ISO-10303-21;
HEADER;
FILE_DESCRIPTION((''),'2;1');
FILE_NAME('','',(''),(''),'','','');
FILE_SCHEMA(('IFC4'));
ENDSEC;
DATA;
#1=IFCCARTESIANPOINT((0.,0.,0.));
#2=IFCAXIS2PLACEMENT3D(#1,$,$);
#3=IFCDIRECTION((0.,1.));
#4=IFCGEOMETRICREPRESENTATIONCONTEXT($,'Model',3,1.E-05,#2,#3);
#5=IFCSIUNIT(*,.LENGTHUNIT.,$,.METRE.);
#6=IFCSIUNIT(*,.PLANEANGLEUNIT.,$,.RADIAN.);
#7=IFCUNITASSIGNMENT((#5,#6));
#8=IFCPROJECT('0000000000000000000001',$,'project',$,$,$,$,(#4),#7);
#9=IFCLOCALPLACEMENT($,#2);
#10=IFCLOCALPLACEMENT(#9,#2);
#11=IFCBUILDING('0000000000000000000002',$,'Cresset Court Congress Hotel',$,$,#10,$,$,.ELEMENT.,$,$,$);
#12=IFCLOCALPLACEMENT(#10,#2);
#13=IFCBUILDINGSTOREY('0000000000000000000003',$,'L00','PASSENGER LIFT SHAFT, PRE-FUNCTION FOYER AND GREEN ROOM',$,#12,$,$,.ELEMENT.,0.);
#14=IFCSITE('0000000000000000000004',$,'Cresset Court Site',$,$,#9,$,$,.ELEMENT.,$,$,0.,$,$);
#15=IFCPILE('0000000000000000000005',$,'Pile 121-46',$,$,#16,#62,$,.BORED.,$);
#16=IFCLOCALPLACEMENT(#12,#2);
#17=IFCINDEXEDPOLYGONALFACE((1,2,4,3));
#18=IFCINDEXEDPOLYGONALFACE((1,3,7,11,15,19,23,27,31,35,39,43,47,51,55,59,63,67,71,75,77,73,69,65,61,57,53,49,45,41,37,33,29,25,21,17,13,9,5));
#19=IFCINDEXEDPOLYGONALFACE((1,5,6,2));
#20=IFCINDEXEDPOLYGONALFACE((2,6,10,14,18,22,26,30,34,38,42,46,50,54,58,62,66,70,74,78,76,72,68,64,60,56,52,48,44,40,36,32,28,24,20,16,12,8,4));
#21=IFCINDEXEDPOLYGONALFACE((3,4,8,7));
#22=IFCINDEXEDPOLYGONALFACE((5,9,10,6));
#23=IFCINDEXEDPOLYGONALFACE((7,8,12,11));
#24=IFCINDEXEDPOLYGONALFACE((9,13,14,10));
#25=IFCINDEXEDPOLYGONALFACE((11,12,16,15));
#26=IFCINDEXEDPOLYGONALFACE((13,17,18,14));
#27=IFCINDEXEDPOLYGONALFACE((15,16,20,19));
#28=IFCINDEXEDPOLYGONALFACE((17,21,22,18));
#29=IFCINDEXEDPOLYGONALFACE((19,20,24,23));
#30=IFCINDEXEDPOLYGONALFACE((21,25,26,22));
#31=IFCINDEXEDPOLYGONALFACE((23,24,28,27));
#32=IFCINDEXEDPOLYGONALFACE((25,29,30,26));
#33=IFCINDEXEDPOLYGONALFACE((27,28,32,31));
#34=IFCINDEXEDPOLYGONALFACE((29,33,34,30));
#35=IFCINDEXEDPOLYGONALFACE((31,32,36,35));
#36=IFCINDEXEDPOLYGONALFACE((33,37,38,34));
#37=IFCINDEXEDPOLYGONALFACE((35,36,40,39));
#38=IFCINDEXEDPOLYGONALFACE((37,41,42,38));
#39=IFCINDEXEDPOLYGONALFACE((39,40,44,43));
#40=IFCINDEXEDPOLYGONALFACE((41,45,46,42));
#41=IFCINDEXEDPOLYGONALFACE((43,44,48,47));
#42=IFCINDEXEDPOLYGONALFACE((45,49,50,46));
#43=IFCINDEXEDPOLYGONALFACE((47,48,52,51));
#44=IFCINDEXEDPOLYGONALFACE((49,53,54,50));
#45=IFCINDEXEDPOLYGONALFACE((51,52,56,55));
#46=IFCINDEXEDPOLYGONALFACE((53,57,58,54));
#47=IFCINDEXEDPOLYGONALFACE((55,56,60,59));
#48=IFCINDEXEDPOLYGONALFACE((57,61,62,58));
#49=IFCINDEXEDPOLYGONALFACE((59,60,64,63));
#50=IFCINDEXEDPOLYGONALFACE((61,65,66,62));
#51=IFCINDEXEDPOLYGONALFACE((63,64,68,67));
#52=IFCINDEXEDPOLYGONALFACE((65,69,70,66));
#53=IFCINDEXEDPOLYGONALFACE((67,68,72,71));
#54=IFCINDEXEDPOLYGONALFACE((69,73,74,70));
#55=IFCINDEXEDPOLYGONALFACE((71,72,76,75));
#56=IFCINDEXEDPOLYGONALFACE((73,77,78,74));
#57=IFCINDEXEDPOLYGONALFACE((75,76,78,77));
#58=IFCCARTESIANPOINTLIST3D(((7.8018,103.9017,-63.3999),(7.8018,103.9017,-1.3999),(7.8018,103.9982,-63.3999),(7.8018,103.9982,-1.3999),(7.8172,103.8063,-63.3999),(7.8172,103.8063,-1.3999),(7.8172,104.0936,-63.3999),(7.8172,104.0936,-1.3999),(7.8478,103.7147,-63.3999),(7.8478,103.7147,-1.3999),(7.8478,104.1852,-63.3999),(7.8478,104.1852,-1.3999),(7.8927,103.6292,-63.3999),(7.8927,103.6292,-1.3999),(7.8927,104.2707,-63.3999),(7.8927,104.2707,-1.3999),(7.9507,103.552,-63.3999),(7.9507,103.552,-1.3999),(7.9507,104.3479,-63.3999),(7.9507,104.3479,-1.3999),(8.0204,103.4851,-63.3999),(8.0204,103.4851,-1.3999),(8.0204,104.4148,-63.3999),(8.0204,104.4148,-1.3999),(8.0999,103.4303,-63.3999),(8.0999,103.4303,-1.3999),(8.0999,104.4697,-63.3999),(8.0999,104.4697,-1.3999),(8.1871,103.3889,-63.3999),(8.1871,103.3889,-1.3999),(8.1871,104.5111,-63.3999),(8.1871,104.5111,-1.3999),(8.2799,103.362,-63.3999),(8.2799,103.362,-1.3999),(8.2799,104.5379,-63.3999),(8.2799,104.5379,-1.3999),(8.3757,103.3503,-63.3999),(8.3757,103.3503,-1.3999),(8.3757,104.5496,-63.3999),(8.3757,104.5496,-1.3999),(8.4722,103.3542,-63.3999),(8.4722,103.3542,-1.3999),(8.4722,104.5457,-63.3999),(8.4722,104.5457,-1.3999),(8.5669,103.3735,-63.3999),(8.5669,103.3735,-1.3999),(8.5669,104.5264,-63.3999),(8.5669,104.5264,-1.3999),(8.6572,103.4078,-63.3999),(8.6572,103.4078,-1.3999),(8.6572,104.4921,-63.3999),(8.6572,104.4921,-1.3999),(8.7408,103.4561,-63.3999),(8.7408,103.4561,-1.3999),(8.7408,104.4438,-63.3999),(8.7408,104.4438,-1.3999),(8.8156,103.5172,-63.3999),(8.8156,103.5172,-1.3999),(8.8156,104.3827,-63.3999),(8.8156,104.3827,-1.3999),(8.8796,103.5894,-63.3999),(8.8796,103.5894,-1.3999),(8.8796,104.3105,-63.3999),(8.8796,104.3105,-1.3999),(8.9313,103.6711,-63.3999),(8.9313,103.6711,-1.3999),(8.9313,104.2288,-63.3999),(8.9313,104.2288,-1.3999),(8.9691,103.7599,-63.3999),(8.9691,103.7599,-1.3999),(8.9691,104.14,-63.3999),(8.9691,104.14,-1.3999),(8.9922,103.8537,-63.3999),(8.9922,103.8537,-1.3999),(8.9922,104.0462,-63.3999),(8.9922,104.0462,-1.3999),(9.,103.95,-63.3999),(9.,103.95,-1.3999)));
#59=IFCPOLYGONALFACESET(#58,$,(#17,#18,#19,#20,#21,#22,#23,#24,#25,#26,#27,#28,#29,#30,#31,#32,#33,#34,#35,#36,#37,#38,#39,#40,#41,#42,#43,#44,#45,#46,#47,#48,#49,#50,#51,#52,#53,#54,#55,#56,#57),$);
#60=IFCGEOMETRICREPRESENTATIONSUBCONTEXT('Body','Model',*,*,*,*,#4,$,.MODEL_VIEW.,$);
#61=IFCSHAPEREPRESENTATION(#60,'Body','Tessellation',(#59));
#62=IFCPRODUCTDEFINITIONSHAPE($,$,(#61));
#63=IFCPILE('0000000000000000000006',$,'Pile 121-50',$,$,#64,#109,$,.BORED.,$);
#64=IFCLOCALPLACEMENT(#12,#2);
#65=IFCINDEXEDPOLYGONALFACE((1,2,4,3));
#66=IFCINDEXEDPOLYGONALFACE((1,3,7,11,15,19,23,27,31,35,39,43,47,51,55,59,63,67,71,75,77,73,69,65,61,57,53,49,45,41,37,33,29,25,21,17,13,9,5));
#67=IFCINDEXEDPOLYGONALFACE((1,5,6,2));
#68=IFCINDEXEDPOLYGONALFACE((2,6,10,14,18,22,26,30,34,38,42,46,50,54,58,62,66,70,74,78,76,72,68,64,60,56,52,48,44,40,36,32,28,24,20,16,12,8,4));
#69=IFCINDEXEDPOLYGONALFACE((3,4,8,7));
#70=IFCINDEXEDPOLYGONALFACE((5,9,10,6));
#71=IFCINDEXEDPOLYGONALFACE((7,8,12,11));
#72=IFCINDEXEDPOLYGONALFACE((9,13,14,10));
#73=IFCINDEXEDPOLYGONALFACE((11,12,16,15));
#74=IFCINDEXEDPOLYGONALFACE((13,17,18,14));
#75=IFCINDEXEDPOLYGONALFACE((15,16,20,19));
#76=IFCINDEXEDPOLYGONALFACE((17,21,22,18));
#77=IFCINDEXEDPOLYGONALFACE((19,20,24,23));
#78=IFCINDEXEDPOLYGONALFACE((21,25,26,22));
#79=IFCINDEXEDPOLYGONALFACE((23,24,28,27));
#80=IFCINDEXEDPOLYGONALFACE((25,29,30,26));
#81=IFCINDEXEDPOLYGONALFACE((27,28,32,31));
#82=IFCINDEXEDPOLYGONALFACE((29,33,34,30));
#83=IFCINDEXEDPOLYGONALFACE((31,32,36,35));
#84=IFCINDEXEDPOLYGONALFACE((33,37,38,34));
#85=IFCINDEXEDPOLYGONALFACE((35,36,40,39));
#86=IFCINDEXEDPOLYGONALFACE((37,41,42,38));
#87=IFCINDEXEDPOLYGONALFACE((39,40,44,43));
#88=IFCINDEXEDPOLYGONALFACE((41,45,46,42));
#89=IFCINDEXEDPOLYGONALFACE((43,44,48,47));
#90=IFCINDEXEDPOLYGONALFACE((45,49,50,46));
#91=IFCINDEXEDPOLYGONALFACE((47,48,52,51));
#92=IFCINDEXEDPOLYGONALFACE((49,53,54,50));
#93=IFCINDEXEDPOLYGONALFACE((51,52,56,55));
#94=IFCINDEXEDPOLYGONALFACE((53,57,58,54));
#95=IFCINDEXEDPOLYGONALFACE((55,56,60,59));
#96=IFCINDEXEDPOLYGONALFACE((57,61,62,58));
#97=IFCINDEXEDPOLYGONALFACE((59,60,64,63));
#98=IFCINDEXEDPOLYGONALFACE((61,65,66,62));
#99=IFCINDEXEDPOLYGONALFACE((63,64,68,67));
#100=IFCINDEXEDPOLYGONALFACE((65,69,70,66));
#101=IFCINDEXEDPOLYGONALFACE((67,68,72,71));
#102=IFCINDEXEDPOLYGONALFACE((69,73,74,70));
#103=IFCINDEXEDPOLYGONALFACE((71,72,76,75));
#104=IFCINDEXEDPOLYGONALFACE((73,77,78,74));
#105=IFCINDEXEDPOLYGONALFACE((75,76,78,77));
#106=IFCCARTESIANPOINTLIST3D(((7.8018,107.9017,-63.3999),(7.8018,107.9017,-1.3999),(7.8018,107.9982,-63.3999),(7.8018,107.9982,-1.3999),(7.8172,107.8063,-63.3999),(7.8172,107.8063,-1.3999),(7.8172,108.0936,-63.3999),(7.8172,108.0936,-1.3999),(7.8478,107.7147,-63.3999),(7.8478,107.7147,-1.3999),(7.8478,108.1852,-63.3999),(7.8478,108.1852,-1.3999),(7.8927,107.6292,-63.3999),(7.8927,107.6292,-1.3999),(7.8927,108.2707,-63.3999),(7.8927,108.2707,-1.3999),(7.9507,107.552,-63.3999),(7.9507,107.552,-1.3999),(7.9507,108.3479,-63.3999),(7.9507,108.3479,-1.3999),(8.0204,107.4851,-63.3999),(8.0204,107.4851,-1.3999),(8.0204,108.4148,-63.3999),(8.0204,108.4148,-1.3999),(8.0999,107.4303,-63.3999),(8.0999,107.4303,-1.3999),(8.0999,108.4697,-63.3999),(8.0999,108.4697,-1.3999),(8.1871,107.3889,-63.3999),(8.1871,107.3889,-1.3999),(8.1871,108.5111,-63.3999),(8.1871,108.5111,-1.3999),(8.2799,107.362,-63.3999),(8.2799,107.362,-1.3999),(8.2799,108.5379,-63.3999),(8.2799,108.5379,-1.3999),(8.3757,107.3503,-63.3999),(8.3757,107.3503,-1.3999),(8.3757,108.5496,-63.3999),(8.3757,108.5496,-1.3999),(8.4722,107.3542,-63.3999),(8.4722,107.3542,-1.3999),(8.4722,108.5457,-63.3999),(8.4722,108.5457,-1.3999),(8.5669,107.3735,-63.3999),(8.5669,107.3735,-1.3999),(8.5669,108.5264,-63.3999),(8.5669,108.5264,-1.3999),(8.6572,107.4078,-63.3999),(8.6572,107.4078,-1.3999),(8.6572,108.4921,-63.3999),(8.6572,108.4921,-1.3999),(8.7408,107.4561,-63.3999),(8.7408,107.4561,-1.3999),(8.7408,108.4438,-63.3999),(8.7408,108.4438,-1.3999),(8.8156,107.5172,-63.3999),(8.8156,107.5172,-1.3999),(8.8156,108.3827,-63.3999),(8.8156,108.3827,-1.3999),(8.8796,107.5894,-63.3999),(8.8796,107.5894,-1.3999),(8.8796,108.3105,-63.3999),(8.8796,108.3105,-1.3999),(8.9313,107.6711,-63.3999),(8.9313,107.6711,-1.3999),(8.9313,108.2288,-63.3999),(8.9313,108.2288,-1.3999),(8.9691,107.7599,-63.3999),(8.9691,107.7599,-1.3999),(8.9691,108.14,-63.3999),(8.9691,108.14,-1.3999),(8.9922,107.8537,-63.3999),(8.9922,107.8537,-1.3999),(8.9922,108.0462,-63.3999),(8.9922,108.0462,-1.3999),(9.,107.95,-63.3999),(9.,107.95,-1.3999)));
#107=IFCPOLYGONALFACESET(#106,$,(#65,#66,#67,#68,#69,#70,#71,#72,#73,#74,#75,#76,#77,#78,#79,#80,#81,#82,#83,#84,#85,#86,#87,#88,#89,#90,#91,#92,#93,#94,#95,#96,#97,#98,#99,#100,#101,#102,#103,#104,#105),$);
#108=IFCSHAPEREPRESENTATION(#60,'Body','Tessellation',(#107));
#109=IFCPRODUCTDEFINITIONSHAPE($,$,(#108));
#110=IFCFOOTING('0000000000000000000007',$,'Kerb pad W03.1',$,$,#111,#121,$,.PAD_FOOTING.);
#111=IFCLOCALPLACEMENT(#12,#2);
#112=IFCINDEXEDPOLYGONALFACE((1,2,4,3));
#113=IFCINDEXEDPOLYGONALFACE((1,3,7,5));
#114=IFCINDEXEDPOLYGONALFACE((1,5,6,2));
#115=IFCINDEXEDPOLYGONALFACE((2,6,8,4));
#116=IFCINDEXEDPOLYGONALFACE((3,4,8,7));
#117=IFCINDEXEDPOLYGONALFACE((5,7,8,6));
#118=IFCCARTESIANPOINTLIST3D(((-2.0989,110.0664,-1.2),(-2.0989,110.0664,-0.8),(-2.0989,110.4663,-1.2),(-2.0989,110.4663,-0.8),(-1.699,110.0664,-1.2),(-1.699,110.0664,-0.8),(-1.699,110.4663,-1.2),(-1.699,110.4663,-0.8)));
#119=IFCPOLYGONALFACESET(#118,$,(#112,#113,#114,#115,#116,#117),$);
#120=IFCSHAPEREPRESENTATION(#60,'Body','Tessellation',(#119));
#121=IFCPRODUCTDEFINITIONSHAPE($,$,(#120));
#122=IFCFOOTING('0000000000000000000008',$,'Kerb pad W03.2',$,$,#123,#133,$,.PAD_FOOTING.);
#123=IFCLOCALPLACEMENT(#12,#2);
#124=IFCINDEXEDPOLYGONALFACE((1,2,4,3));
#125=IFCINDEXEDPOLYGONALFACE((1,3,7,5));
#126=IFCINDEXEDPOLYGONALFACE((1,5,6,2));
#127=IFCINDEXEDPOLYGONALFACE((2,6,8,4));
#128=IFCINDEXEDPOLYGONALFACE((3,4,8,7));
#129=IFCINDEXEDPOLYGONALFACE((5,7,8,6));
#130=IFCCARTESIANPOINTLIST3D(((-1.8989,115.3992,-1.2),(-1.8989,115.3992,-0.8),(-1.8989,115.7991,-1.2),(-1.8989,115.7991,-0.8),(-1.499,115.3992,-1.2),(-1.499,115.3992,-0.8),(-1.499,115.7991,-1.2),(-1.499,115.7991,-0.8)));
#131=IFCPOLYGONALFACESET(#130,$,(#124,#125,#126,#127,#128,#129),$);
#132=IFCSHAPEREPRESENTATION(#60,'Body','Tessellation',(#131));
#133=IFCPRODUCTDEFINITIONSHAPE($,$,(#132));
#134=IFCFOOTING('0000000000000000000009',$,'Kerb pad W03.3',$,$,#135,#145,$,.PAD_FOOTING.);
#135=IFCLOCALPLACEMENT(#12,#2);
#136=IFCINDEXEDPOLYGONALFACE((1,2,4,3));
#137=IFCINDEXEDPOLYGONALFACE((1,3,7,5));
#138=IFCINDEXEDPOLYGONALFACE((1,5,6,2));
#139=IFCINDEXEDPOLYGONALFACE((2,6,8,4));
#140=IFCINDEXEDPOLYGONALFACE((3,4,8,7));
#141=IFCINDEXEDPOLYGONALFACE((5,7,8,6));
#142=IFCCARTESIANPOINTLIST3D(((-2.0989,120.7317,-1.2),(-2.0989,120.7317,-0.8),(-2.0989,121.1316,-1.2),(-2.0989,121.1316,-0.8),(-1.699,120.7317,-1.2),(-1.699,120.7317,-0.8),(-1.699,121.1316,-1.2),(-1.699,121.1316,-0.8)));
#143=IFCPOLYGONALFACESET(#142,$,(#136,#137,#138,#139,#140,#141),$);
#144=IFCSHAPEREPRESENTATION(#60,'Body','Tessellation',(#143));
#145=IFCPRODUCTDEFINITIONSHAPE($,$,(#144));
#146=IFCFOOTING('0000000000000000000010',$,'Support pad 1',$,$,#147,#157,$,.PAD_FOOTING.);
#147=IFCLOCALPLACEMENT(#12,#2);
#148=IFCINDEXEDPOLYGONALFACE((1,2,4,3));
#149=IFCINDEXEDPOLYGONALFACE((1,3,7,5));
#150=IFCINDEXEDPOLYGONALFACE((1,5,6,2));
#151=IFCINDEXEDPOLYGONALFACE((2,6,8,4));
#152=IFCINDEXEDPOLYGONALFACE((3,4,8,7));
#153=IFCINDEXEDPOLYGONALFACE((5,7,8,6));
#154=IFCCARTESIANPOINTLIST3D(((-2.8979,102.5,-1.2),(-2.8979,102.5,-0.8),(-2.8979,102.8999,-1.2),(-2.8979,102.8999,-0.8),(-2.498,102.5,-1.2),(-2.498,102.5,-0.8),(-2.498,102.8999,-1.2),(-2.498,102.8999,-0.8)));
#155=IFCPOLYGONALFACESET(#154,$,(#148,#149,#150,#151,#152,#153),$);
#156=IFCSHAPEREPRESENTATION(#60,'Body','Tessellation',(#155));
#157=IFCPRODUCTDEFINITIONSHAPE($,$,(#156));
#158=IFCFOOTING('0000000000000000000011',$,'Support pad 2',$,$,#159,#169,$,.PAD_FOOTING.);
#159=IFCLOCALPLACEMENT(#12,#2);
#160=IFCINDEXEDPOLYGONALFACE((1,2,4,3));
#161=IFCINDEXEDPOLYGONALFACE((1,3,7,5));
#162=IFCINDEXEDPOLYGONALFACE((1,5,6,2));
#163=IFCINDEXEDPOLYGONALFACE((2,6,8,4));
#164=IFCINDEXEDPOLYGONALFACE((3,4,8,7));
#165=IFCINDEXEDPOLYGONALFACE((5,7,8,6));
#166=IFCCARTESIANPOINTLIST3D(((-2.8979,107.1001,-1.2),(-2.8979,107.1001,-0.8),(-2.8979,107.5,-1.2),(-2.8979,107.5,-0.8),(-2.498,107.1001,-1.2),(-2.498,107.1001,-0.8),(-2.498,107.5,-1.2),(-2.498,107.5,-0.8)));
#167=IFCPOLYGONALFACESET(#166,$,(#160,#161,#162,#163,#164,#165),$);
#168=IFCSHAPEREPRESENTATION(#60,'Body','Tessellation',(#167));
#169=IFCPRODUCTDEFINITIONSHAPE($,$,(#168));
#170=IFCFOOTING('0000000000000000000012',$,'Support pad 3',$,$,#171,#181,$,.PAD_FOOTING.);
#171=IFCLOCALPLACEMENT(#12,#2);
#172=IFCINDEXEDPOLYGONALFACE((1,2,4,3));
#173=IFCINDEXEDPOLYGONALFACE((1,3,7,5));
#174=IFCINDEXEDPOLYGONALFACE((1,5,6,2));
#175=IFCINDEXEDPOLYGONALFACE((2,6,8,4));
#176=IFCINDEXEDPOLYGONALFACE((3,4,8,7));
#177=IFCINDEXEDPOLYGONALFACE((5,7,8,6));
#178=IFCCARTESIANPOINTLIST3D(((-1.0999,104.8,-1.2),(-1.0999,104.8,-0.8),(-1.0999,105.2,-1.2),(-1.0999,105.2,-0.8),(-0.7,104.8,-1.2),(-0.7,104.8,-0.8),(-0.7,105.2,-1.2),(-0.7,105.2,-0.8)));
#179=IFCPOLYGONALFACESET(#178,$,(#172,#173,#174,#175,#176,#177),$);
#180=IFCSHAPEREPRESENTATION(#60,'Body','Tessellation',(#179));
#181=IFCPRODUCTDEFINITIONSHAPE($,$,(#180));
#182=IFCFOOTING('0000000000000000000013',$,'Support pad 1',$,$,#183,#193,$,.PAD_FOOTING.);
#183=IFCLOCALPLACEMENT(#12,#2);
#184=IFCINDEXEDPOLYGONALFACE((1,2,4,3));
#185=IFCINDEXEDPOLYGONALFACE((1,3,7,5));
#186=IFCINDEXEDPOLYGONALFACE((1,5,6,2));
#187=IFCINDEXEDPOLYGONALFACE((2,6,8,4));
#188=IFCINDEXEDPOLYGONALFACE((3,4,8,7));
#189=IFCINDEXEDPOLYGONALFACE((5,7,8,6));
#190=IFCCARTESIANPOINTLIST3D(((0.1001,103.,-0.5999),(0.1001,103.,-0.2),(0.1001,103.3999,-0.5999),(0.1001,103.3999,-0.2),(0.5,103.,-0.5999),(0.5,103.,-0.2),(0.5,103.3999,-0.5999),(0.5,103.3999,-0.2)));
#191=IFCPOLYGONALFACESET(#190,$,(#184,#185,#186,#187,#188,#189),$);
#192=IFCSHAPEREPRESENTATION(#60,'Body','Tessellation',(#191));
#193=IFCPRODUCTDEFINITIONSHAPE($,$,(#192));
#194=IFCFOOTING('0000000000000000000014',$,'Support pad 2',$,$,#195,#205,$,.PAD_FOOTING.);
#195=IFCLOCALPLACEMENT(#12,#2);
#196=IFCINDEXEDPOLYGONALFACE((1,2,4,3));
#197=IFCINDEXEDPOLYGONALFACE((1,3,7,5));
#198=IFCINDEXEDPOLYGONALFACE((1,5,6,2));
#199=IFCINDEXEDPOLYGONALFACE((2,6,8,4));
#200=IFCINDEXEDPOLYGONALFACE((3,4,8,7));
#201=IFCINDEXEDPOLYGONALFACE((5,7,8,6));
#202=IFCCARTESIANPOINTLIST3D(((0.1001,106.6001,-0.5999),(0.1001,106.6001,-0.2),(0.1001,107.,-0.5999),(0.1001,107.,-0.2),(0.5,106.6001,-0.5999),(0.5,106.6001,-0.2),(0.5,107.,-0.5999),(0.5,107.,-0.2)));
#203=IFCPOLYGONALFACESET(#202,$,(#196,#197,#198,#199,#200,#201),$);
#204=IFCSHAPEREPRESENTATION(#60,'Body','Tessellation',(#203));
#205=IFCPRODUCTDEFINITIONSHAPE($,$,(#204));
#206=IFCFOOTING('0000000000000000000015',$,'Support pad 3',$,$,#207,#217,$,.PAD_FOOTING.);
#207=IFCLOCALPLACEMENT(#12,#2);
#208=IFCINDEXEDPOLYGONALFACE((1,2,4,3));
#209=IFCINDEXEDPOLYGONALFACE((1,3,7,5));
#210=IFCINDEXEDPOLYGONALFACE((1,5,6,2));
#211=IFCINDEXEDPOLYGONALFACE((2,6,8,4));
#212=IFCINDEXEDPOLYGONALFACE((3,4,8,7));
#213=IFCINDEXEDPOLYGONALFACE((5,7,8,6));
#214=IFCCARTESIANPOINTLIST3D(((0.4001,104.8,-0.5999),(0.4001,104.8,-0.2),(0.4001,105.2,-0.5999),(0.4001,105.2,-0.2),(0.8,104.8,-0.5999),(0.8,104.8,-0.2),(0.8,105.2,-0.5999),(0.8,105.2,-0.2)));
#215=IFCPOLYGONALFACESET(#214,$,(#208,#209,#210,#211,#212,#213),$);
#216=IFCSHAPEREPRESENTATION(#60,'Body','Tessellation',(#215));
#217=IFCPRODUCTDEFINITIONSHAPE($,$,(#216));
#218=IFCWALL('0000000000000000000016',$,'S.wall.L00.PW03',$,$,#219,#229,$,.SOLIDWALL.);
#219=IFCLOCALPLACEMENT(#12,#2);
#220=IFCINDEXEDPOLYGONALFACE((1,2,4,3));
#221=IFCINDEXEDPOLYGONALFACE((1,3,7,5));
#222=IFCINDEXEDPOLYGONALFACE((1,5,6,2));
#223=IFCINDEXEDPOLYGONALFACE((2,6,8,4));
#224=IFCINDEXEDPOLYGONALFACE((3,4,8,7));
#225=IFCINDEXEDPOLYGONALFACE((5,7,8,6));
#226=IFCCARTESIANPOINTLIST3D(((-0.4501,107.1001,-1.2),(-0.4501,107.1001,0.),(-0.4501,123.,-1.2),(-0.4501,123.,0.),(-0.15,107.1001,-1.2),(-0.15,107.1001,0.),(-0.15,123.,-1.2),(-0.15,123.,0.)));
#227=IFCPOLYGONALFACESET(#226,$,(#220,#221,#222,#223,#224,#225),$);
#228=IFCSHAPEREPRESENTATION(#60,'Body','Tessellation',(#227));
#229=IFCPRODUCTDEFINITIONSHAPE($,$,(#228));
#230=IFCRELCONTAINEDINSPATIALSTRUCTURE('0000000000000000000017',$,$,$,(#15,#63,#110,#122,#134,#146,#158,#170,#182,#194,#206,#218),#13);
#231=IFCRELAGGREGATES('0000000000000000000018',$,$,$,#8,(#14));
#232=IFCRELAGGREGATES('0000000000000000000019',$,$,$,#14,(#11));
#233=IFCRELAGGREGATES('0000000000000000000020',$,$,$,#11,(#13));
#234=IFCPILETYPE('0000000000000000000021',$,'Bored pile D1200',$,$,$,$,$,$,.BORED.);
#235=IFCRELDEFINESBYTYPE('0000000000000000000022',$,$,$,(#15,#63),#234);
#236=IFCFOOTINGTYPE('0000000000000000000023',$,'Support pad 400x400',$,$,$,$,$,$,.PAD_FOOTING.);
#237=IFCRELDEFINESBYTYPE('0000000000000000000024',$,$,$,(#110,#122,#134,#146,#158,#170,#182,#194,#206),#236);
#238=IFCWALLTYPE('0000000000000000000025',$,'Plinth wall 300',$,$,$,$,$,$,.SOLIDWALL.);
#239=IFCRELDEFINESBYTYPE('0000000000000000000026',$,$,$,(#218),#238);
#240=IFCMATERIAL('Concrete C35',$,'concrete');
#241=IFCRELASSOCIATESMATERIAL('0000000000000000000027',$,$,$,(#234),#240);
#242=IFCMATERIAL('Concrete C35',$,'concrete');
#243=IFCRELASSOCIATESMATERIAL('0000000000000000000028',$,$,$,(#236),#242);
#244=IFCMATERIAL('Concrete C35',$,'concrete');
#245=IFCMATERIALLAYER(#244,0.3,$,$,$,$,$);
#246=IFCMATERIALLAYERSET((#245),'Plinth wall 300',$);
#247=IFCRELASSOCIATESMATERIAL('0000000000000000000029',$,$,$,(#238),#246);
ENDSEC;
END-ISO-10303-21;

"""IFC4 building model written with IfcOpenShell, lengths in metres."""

from ifc_helpers import new_model, si_unit, direction, frame, frame_2d, origin, origin_2d, place, context, subcontext, project, spatial, rectangle, circle, extrude, material, layer, layer_set, type_object, element, save


model = new_model("IFC4")

# Units and contexts
model_context = context("Model", 3, precision=1e-05, world=origin(), true_north=direction((0.0, 1.0)))
body_context = subcontext(model_context, "Body", "Model", "MODEL_VIEW")
ifc_project = project(units=[si_unit("LENGTHUNIT", "METRE"), si_unit("PLANEANGLEUNIT", "RADIAN")], contexts=[model_context])

# Site, building, storey
site_placement = place(None, origin())
site = spatial("IfcSite", under=ifc_project, at=site_placement, Name="Cresset Court Site", CompositionType="ELEMENT", RefElevation=0.0)
building_placement = place(site_placement, origin())
building = spatial("IfcBuilding", under=site, at=building_placement, Name="Cresset Court Congress Hotel", CompositionType="ELEMENT")
storey_placement = place(building_placement, origin())
storey = spatial("IfcBuildingStorey", under=building, at=storey_placement, Name="L00", Description="PASSENGER LIFT SHAFT, PRE-FUNCTION FOYER AND GREEN ROOM", CompositionType="ELEMENT", Elevation=0.0)

# Piles
ifc_material_1 = material(Name="Concrete C35", Category="concrete")
pile_type = type_object("IfcPileType", Name="Bored pile D1200", PredefinedType="BORED", material=ifc_material_1)
for number, where, z_axis, x_axis, name in (
    (1, (8.3999, 103.95, -1.3999), (0.0, 0.0, -1.0), (1.0, 0.0, 0.0), "Pile 121-46"),
    (2, (8.3999, 107.95, -1.3999), (0.0, 0.0, -1.0), (1.0, 0.0, 0.0), "Pile 121-50"),
):
    element("IfcPile", number, at=place(storey_placement, frame(where, z_axis=z_axis, x_axis=x_axis)), inside=storey, type_object=pile_type, Name=name, PredefinedType="BORED", context=body_context, shape_type="SweptSolid", body=[
        extrude(circle(Radius=0.6001, at=origin_2d()), origin(), (0.0, 0.0, 1.0), 62.0),
    ])

# Footings
ifc_material_2 = material(Name="Concrete C35", Category="concrete")
footing_type = type_object("IfcFootingType", Name="Support pad 400x400", PredefinedType="PAD_FOOTING", material=ifc_material_2)
for number, where, z_axis, x_axis, name in (
    (3, (-1.8989, 110.2664, -1.2), (0.0, 0.0, 1.0), (1.0, 0.0, 0.0), "Kerb pad W03.1"),
    (4, (-1.699, 115.5991, -1.2), (0.0, 0.0, 1.0), (1.0, 0.0, 0.0), "Kerb pad W03.2"),
    (5, (-1.8989, 120.9316, -1.2), (0.0, 0.0, 1.0), (1.0, 0.0, 0.0), "Kerb pad W03.3"),
    (6, (-2.698, 102.7, -1.2), (0.0, 0.0, 1.0), (1.0, 0.0, 0.0), "Support pad 1"),
    (7, (-2.698, 107.3, -1.2), (0.0, 0.0, 1.0), (1.0, 0.0, 0.0), "Support pad 2"),
    (8, (-0.8999, 105.0, -1.2), (0.0, 0.0, 1.0), (1.0, 0.0, 0.0), "Support pad 3"),
    (9, (0.3, 103.2, -0.5999), (0.0, 0.0, 1.0), (1.0, 0.0, 0.0), "Support pad 1"),
    (10, (0.3, 106.8, -0.5999), (0.0, 0.0, 1.0), (1.0, 0.0, 0.0), "Support pad 2"),
    (11, (0.6001, 105.0, -0.5999), (0.0, 0.0, 1.0), (1.0, 0.0, 0.0), "Support pad 3"),
):
    element("IfcFooting", number, at=place(storey_placement, frame(where, z_axis=z_axis, x_axis=x_axis)), inside=storey, type_object=footing_type, Name=name, PredefinedType="PAD_FOOTING", context=body_context, shape_type="SweptSolid", body=[
        extrude(rectangle(XDim=0.3999, YDim=0.3999, at=origin_2d()), origin(), (0.0, 0.0, 1.0), 0.3999),
    ])

# Wall
ifc_material_3 = material(Name="Concrete C35", Category="concrete")
ifc_layer_1 = layer(ifc_material_3, 0.3)
ifc_layer_set_1 = layer_set([ifc_layer_1], Name="Plinth wall 300")
wall_type_1 = type_object("IfcWallType", Name="Plinth wall 300", PredefinedType="SOLIDWALL", material=ifc_layer_set_1)
wall_1_placement = place(storey_placement, frame((-0.3, 107.1001, -1.2), z_axis=(0.0, 0.0, 1.0), x_axis=(0.0, 1.0, 0.0)))
element("IfcWall", 12, at=wall_1_placement, inside=storey, type_object=wall_type_1, Name="S.wall.L00.PW03", PredefinedType="SOLIDWALL", context=body_context, shape_type="SweptSolid", body=[
    extrude(rectangle(XDim=15.8999, YDim=0.3, at=frame_2d((7.95, 0.0))), origin(), (0.0, 0.0, 1.0), 1.2),
])

save(model, "model.ifc")
